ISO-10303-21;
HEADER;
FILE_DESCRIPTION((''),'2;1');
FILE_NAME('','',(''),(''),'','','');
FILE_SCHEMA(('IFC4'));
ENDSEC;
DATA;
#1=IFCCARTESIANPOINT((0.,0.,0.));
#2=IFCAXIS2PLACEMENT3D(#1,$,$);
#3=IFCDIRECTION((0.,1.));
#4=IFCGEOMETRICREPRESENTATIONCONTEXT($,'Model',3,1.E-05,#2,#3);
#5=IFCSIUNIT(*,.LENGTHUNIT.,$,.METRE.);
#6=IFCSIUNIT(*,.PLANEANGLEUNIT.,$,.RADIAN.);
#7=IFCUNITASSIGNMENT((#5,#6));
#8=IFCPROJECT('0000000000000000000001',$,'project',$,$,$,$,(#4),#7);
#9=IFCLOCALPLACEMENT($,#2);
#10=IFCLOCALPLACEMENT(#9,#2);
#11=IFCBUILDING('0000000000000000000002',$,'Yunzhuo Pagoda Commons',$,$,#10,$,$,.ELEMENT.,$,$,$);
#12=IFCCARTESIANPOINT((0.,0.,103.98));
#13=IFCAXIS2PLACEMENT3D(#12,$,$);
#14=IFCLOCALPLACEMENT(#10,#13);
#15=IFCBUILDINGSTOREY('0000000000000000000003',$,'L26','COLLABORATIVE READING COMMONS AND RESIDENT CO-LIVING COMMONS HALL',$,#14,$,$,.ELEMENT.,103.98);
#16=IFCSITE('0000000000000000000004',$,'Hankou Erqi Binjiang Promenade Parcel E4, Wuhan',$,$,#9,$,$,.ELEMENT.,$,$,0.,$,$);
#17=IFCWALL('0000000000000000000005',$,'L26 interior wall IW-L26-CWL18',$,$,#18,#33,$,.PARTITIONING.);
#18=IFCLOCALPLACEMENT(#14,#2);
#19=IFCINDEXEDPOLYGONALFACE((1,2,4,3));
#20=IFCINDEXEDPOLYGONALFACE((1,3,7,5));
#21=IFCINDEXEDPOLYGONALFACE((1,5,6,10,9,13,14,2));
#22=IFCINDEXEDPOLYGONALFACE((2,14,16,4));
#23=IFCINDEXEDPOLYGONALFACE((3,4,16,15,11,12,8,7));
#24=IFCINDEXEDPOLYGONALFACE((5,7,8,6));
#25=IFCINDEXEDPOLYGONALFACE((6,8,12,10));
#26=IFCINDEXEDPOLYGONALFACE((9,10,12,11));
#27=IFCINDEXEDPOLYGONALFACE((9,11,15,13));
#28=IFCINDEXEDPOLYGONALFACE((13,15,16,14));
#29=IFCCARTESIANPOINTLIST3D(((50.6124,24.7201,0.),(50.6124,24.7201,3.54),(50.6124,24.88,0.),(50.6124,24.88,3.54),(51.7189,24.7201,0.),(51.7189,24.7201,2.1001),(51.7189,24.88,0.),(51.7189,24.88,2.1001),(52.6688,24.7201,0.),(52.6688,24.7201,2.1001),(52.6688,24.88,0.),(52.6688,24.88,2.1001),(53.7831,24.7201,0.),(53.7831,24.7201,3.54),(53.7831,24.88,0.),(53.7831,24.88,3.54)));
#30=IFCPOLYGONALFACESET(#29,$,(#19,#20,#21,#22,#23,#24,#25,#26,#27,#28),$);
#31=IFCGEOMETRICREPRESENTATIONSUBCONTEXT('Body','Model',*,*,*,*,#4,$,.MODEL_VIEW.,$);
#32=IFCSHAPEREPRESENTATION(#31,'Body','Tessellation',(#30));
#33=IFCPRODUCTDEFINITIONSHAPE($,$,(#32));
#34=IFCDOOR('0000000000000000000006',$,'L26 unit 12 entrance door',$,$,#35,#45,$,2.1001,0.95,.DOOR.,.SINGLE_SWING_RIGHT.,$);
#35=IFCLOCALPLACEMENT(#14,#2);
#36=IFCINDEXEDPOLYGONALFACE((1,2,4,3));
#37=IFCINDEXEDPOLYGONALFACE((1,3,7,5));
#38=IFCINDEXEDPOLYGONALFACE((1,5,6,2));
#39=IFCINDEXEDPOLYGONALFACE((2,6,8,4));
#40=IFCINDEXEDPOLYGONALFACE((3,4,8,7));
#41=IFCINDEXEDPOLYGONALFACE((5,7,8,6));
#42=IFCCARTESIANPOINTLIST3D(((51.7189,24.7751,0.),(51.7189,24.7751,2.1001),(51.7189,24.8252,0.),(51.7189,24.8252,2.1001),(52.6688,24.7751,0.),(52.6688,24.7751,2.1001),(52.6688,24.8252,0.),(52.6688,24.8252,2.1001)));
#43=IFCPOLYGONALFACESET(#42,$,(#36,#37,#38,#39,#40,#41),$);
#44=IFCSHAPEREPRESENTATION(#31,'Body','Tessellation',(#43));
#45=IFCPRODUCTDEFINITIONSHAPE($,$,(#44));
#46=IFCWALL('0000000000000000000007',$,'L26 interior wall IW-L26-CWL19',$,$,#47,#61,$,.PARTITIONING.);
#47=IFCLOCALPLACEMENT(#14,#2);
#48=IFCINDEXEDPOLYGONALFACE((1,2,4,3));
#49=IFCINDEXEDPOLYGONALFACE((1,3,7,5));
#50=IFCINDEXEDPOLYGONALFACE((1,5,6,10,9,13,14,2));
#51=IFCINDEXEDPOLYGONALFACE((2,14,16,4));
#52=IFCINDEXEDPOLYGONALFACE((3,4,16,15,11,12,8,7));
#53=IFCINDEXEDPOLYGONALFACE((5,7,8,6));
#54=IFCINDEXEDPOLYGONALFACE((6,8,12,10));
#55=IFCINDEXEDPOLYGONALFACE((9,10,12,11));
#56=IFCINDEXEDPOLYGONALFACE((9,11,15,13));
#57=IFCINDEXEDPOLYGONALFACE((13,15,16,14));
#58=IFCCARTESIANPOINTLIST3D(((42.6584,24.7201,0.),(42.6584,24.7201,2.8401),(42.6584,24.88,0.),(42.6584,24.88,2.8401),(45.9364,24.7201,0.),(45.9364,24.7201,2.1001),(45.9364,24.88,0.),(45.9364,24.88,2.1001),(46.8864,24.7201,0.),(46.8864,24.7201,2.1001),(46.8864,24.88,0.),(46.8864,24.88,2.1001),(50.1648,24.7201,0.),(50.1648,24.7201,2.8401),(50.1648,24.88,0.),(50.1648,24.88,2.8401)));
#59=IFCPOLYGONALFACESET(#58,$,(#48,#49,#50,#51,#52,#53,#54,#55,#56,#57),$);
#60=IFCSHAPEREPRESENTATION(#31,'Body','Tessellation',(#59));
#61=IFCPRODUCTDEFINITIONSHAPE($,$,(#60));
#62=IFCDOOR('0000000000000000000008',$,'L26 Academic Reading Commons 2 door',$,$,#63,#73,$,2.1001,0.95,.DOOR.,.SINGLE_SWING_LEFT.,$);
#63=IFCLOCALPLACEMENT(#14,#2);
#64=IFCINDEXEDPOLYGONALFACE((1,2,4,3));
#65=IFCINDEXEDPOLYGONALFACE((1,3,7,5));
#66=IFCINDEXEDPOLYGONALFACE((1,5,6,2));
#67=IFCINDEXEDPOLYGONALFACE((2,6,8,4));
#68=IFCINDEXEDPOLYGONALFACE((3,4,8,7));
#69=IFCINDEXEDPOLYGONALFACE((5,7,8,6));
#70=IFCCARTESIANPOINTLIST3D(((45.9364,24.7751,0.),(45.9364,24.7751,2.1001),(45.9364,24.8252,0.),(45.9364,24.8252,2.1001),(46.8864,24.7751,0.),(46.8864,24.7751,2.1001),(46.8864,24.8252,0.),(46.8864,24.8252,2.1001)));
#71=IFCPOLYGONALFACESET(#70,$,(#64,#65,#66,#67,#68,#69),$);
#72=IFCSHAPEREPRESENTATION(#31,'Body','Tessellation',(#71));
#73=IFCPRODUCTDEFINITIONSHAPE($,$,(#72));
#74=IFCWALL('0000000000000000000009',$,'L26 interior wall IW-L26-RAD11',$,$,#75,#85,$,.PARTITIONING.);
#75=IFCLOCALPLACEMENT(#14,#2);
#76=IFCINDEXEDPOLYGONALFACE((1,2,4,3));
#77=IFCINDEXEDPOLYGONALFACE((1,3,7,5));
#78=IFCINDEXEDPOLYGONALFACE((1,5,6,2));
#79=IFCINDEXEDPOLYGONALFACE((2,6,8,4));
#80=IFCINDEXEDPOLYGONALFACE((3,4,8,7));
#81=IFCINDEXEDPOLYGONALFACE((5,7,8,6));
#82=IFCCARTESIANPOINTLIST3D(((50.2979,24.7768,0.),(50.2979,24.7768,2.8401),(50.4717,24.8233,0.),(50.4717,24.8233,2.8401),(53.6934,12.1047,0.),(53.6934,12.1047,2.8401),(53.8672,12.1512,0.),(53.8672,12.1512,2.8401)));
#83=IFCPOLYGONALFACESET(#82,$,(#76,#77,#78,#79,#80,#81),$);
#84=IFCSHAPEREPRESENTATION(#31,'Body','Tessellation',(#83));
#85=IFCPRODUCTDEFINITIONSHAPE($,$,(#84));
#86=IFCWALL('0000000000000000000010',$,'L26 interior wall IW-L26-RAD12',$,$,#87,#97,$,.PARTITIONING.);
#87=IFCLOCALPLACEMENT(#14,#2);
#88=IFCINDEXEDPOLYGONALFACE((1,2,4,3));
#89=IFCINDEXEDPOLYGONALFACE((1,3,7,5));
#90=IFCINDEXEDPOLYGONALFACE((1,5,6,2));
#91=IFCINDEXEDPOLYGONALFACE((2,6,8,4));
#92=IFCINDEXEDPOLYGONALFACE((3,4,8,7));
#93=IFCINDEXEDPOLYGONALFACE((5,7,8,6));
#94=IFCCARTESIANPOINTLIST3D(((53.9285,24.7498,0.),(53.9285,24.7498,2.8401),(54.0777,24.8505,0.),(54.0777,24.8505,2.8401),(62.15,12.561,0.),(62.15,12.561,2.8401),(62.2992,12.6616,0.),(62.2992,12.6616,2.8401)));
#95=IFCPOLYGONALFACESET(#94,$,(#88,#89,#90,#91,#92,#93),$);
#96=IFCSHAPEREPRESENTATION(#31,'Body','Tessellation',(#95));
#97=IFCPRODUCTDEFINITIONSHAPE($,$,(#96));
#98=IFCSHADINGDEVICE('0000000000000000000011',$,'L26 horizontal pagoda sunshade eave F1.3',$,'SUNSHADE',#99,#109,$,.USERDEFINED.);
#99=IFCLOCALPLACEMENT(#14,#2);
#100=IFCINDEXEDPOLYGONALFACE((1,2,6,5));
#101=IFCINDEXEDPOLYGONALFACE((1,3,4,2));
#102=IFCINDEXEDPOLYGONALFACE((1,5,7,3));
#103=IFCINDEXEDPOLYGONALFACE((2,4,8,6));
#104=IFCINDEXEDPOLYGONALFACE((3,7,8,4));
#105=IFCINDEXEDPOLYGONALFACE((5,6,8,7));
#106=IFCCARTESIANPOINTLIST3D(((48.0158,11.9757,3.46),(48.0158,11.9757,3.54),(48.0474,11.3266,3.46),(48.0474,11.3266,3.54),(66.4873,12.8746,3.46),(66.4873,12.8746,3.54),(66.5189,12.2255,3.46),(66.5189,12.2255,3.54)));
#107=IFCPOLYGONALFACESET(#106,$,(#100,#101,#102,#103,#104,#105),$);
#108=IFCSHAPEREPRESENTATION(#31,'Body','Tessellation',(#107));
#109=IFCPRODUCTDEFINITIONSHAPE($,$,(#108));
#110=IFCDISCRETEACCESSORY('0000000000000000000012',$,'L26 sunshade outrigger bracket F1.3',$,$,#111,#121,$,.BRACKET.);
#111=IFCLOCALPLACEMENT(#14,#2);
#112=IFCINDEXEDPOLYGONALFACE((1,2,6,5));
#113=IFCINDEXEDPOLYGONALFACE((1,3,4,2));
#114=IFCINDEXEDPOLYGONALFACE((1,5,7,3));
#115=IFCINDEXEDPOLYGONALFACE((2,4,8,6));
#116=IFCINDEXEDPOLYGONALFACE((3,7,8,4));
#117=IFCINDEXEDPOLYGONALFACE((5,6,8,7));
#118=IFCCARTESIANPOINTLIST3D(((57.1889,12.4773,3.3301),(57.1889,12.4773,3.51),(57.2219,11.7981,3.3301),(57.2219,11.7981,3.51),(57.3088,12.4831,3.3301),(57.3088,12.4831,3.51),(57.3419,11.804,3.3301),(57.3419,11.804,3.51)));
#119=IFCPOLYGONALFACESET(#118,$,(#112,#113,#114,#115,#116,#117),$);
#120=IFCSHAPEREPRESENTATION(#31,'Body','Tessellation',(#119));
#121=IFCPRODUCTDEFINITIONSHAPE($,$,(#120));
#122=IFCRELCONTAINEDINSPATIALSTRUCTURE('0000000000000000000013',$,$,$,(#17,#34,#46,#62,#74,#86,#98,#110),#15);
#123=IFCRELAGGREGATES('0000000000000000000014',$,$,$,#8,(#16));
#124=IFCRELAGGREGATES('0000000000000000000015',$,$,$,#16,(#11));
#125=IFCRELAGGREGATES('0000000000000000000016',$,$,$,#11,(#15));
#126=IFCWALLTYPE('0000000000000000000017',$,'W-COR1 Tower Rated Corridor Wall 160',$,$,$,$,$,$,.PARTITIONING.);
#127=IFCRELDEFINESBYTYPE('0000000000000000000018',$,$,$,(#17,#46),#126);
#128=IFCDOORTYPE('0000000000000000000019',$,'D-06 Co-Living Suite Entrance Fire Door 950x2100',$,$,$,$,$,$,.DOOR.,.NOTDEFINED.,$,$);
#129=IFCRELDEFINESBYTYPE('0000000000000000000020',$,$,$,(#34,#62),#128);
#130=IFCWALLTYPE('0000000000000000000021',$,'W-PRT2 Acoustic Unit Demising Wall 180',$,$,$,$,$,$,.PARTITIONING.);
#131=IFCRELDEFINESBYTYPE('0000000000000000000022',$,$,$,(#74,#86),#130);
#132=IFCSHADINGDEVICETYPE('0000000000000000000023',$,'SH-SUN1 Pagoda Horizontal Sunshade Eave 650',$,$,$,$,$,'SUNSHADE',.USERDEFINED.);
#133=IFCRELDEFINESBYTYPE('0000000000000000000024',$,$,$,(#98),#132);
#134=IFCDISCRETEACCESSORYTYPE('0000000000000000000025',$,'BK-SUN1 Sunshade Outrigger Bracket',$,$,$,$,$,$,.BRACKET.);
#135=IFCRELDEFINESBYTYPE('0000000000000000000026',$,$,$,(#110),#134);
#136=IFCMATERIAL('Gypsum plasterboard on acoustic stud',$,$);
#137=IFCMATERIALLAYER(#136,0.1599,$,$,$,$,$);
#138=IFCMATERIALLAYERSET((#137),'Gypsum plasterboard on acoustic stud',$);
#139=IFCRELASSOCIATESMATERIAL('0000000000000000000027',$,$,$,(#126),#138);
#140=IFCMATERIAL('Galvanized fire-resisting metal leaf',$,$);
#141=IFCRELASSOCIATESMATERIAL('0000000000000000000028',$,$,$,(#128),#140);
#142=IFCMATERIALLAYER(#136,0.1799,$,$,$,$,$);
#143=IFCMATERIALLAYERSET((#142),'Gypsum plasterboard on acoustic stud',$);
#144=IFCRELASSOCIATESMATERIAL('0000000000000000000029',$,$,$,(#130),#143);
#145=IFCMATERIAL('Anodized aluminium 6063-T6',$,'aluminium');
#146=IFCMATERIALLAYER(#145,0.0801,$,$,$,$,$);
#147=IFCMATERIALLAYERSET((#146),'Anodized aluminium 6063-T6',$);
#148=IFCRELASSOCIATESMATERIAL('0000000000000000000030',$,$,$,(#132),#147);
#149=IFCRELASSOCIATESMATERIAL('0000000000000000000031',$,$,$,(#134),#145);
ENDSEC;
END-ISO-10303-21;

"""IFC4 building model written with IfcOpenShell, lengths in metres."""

from ifc_helpers import new_model, si_unit, direction, frame, frame_2d, origin, origin_with_axes, origin_2d, place, context, subcontext, project, spatial, rectangle, extrude, source, transform, mapped, material, layer, layer_set, type_object, element, fill, save


model = new_model("IFC4")

# Units and contexts
model_context = context("Model", 3, precision=1e-05, world=origin(), true_north=direction((0.0, 1.0)))
body_context = subcontext(model_context, "Body", "Model", "MODEL_VIEW")
ifc_project = project(units=[si_unit("LENGTHUNIT", "METRE"), si_unit("PLANEANGLEUNIT", "RADIAN")], contexts=[model_context])

# Site, building, storey
site_placement = place(None, origin())
site = spatial("IfcSite", under=ifc_project, at=site_placement, Name="Hankou Erqi Binjiang Promenade Parcel E4, Wuhan", CompositionType="ELEMENT", RefElevation=0.0)
building_placement = place(site_placement, origin())
building = spatial("IfcBuilding", under=site, at=building_placement, Name="Yunzhuo Pagoda Commons", CompositionType="ELEMENT")
storey_placement = place(building_placement, frame((0.0, 0.0, 103.98)))
storey = spatial("IfcBuildingStorey", under=building, at=storey_placement, Name="L26", Description="COLLABORATIVE READING COMMONS AND RESIDENT CO-LIVING COMMONS HALL", CompositionType="ELEMENT", Elevation=103.98)

# Shared definitions
ifc_material_1 = material(Name="Anodized aluminium 6063-T6", Category="aluminium")

# Walls, openings, doors
ifc_material_2 = material(Name="Gypsum plasterboard on acoustic stud")
ifc_layer_1 = layer(ifc_material_2, 0.1599)
ifc_layer_set_1 = layer_set([ifc_layer_1], Name="Gypsum plasterboard on acoustic stud")
wall_type_1 = type_object("IfcWallType", Name="W-COR1 Tower Rated Corridor Wall 160", PredefinedType="PARTITIONING", material=ifc_layer_set_1)
wall_1_placement = place(storey_placement, frame((53.7832, 24.8, 0.0), z_axis=(0.0, 0.0, 1.0), x_axis=(-1.0, 0.0, 0.0)))
wall_1 = element("IfcWall", 1, at=wall_1_placement, inside=storey, type_object=wall_type_1, Name="L26 interior wall IW-L26-CWL18", PredefinedType="PARTITIONING", context=body_context, shape_type="SweptSolid", body=[
    extrude(rectangle(XDim=3.1707, YDim=0.1599, at=frame_2d((1.5854, 0.0))), origin(), (0.0, 0.0, 1.0), 3.54),
])
opening_1_placement = place(wall_1_placement, frame((1.1143, 0.0, 0.0)))
opening_1 = element("IfcOpeningElement", 2, at=opening_1_placement, cuts=wall_1, PredefinedType="OPENING", context=body_context, shape_type="SweptSolid", body=[
    extrude(rectangle(XDim=0.95, YDim=2.1001, at=frame_2d((0.4751, 1.05))), frame((0.0, 0.0898, 0.0), z_axis=(0.0, -1.0, 0.0), x_axis=(1.0, 0.0, 0.0)), (0.0, 0.0, 1.0), 0.1799),
])
ifc_material_3 = material(Name="Galvanized fire-resisting metal leaf")
door_type = type_object("IfcDoorType", Name="D-06 Co-Living Suite Entrance Fire Door 950x2100", OperationType="NOTDEFINED", PredefinedType="DOOR", material=ifc_material_3)
shared_shape_1 = source(origin(), body_context, "Body", "SweptSolid", [
    extrude(rectangle(XDim=0.95, YDim=2.1001, at=frame_2d((0.4751, 1.05))), frame((0.0, 0.0249, 0.0), z_axis=(0.0, -1.0, 0.0), x_axis=(1.0, 0.0, 0.0)), (0.0, 0.0, 1.0), 0.05),
])
door_1_placement = place(opening_1_placement, origin_with_axes())
door_1 = element("IfcDoor", 3, at=door_1_placement, inside=storey, type_object=door_type, Name="L26 unit 12 entrance door", OperationType="SINGLE_SWING_RIGHT", OverallHeight=2.1001, OverallWidth=0.95, PredefinedType="DOOR", context=body_context, shape_type="MappedRepresentation", body=[
    mapped(shared_shape_1, transform((0.0, 0.0, 0.0), scale=1.0)),
])
fill(opening_1, door_1)
wall_2_placement = place(storey_placement, frame((50.1648, 24.8, 0.0), z_axis=(0.0, 0.0, 1.0), x_axis=(-1.0, 0.0, 0.0)))
wall_2 = element("IfcWall", 4, at=wall_2_placement, inside=storey, type_object=wall_type_1, Name="L26 interior wall IW-L26-CWL19", PredefinedType="PARTITIONING", context=body_context, shape_type="SweptSolid", body=[
    extrude(rectangle(XDim=7.5063, YDim=0.1599, at=frame_2d((3.7532, 0.0))), origin(), (0.0, 0.0, 1.0), 2.8401),
])
opening_2_placement = place(wall_2_placement, frame((3.2783, 0.0, 0.0)))
opening_2 = element("IfcOpeningElement", 5, at=opening_2_placement, cuts=wall_2, PredefinedType="OPENING", context=body_context, shape_type="SweptSolid", body=[
    extrude(rectangle(XDim=0.95, YDim=2.1001, at=frame_2d((0.4751, 1.05))), frame((0.0, 0.0898, 0.0), z_axis=(0.0, -1.0, 0.0), x_axis=(1.0, 0.0, 0.0)), (0.0, 0.0, 1.0), 0.1799),
])
door_2_placement = place(opening_2_placement, origin_with_axes())
door_2 = element("IfcDoor", 6, at=door_2_placement, inside=storey, type_object=door_type, Name="L26 Academic Reading Commons 2 door", OperationType="SINGLE_SWING_LEFT", OverallHeight=2.1001, OverallWidth=0.95, PredefinedType="DOOR", context=body_context, shape_type="MappedRepresentation", body=[
    mapped(shared_shape_1, transform((0.0, 0.0, 0.0), scale=1.0)),
])
fill(opening_2, door_2)

# Walls
ifc_layer_2 = layer(ifc_material_2, 0.1799)
ifc_layer_set_2 = layer_set([ifc_layer_2], Name="Gypsum plasterboard on acoustic stud")
wall_type_2 = type_object("IfcWallType", Name="W-PRT2 Acoustic Unit Demising Wall 180", PredefinedType="PARTITIONING", material=ifc_layer_set_2)
wall_3_placement = place(storey_placement, frame((50.3848, 24.8, 0.0), z_axis=(0.0, 0.0, 1.0), x_axis=(0.258821, -0.965925, 0.0)))
element("IfcWall", 7, at=wall_3_placement, inside=storey, type_object=wall_type_2, Name="L26 interior wall IW-L26-RAD11", PredefinedType="PARTITIONING", context=body_context, shape_type="SweptSolid", body=[
    extrude(rectangle(XDim=13.1191, YDim=0.1799, at=frame_2d((6.5596, 0.0))), origin(), (0.0, 0.0, 1.0), 2.8401),
])
wall_4_placement = place(storey_placement, frame((54.0032, 24.8, 0.0), z_axis=(0.0, 0.0, 1.0), x_axis=(0.559195, -0.829036, 0.0)))
element("IfcWall", 8, at=wall_4_placement, inside=storey, type_object=wall_type_2, Name="L26 interior wall IW-L26-RAD12", PredefinedType="PARTITIONING", context=body_context, shape_type="SweptSolid", body=[
    extrude(rectangle(XDim=14.7024, YDim=0.1799, at=frame_2d((7.3511, 0.0))), origin(), (0.0, 0.0, 1.0), 2.8401),
])

# Shading device
ifc_layer_3 = layer(ifc_material_1, 0.0801)
ifc_layer_set_3 = layer_set([ifc_layer_3], Name="Anodized aluminium 6063-T6")
shading_device_type = type_object("IfcShadingDeviceType", Name="SH-SUN1 Pagoda Horizontal Sunshade Eave 650", ElementType="SUNSHADE", PredefinedType="USERDEFINED", material=ifc_layer_set_3)
shared_shape_2 = source(origin(), body_context, "Body", "SweptSolid", [
    extrude(rectangle(XDim=18.4934, YDim=0.6499, at=origin_2d()), origin(), (0.0, 0.0, 1.0), 0.0801),
])
shading_device_placement = place(storey_placement, frame((57.2673, 12.1006, 3.46), z_axis=(0.0, 0.0, 1.0), x_axis=(0.998818, 0.048606, 0.0)))
element("IfcShadingDevice", 9, at=shading_device_placement, inside=storey, type_object=shading_device_type, Name="L26 horizontal pagoda sunshade eave F1.3", ObjectType="SUNSHADE", PredefinedType="USERDEFINED", context=body_context, shape_type="MappedRepresentation", body=[
    mapped(shared_shape_2, transform((0.0, 0.0, 0.0), scale=1.0)),
])

# Discrete accessory
discrete_accessory_type = type_object("IfcDiscreteAccessoryType", Name="BK-SUN1 Sunshade Outrigger Bracket", PredefinedType="BRACKET", material=ifc_material_1)
shared_shape_3 = source(origin(), body_context, "Body", "SweptSolid", [
    extrude(rectangle(XDim=0.1201, YDim=0.6799, at=origin_2d()), origin(), (0.0, 0.0, 1.0), 0.1799),
])
discrete_accessory_placement = place(storey_placement, frame((57.2654, 12.1406, 3.3301), z_axis=(0.0, 0.0, 1.0), x_axis=(0.998818, 0.048606, 0.0)))
element("IfcDiscreteAccessory", 10, at=discrete_accessory_placement, inside=storey, type_object=discrete_accessory_type, Name="L26 sunshade outrigger bracket F1.3", PredefinedType="BRACKET", context=body_context, shape_type="MappedRepresentation", body=[
    mapped(shared_shape_3, transform((0.0, 0.0, 0.0), scale=1.0)),
])

save(model, "model.ifc")
